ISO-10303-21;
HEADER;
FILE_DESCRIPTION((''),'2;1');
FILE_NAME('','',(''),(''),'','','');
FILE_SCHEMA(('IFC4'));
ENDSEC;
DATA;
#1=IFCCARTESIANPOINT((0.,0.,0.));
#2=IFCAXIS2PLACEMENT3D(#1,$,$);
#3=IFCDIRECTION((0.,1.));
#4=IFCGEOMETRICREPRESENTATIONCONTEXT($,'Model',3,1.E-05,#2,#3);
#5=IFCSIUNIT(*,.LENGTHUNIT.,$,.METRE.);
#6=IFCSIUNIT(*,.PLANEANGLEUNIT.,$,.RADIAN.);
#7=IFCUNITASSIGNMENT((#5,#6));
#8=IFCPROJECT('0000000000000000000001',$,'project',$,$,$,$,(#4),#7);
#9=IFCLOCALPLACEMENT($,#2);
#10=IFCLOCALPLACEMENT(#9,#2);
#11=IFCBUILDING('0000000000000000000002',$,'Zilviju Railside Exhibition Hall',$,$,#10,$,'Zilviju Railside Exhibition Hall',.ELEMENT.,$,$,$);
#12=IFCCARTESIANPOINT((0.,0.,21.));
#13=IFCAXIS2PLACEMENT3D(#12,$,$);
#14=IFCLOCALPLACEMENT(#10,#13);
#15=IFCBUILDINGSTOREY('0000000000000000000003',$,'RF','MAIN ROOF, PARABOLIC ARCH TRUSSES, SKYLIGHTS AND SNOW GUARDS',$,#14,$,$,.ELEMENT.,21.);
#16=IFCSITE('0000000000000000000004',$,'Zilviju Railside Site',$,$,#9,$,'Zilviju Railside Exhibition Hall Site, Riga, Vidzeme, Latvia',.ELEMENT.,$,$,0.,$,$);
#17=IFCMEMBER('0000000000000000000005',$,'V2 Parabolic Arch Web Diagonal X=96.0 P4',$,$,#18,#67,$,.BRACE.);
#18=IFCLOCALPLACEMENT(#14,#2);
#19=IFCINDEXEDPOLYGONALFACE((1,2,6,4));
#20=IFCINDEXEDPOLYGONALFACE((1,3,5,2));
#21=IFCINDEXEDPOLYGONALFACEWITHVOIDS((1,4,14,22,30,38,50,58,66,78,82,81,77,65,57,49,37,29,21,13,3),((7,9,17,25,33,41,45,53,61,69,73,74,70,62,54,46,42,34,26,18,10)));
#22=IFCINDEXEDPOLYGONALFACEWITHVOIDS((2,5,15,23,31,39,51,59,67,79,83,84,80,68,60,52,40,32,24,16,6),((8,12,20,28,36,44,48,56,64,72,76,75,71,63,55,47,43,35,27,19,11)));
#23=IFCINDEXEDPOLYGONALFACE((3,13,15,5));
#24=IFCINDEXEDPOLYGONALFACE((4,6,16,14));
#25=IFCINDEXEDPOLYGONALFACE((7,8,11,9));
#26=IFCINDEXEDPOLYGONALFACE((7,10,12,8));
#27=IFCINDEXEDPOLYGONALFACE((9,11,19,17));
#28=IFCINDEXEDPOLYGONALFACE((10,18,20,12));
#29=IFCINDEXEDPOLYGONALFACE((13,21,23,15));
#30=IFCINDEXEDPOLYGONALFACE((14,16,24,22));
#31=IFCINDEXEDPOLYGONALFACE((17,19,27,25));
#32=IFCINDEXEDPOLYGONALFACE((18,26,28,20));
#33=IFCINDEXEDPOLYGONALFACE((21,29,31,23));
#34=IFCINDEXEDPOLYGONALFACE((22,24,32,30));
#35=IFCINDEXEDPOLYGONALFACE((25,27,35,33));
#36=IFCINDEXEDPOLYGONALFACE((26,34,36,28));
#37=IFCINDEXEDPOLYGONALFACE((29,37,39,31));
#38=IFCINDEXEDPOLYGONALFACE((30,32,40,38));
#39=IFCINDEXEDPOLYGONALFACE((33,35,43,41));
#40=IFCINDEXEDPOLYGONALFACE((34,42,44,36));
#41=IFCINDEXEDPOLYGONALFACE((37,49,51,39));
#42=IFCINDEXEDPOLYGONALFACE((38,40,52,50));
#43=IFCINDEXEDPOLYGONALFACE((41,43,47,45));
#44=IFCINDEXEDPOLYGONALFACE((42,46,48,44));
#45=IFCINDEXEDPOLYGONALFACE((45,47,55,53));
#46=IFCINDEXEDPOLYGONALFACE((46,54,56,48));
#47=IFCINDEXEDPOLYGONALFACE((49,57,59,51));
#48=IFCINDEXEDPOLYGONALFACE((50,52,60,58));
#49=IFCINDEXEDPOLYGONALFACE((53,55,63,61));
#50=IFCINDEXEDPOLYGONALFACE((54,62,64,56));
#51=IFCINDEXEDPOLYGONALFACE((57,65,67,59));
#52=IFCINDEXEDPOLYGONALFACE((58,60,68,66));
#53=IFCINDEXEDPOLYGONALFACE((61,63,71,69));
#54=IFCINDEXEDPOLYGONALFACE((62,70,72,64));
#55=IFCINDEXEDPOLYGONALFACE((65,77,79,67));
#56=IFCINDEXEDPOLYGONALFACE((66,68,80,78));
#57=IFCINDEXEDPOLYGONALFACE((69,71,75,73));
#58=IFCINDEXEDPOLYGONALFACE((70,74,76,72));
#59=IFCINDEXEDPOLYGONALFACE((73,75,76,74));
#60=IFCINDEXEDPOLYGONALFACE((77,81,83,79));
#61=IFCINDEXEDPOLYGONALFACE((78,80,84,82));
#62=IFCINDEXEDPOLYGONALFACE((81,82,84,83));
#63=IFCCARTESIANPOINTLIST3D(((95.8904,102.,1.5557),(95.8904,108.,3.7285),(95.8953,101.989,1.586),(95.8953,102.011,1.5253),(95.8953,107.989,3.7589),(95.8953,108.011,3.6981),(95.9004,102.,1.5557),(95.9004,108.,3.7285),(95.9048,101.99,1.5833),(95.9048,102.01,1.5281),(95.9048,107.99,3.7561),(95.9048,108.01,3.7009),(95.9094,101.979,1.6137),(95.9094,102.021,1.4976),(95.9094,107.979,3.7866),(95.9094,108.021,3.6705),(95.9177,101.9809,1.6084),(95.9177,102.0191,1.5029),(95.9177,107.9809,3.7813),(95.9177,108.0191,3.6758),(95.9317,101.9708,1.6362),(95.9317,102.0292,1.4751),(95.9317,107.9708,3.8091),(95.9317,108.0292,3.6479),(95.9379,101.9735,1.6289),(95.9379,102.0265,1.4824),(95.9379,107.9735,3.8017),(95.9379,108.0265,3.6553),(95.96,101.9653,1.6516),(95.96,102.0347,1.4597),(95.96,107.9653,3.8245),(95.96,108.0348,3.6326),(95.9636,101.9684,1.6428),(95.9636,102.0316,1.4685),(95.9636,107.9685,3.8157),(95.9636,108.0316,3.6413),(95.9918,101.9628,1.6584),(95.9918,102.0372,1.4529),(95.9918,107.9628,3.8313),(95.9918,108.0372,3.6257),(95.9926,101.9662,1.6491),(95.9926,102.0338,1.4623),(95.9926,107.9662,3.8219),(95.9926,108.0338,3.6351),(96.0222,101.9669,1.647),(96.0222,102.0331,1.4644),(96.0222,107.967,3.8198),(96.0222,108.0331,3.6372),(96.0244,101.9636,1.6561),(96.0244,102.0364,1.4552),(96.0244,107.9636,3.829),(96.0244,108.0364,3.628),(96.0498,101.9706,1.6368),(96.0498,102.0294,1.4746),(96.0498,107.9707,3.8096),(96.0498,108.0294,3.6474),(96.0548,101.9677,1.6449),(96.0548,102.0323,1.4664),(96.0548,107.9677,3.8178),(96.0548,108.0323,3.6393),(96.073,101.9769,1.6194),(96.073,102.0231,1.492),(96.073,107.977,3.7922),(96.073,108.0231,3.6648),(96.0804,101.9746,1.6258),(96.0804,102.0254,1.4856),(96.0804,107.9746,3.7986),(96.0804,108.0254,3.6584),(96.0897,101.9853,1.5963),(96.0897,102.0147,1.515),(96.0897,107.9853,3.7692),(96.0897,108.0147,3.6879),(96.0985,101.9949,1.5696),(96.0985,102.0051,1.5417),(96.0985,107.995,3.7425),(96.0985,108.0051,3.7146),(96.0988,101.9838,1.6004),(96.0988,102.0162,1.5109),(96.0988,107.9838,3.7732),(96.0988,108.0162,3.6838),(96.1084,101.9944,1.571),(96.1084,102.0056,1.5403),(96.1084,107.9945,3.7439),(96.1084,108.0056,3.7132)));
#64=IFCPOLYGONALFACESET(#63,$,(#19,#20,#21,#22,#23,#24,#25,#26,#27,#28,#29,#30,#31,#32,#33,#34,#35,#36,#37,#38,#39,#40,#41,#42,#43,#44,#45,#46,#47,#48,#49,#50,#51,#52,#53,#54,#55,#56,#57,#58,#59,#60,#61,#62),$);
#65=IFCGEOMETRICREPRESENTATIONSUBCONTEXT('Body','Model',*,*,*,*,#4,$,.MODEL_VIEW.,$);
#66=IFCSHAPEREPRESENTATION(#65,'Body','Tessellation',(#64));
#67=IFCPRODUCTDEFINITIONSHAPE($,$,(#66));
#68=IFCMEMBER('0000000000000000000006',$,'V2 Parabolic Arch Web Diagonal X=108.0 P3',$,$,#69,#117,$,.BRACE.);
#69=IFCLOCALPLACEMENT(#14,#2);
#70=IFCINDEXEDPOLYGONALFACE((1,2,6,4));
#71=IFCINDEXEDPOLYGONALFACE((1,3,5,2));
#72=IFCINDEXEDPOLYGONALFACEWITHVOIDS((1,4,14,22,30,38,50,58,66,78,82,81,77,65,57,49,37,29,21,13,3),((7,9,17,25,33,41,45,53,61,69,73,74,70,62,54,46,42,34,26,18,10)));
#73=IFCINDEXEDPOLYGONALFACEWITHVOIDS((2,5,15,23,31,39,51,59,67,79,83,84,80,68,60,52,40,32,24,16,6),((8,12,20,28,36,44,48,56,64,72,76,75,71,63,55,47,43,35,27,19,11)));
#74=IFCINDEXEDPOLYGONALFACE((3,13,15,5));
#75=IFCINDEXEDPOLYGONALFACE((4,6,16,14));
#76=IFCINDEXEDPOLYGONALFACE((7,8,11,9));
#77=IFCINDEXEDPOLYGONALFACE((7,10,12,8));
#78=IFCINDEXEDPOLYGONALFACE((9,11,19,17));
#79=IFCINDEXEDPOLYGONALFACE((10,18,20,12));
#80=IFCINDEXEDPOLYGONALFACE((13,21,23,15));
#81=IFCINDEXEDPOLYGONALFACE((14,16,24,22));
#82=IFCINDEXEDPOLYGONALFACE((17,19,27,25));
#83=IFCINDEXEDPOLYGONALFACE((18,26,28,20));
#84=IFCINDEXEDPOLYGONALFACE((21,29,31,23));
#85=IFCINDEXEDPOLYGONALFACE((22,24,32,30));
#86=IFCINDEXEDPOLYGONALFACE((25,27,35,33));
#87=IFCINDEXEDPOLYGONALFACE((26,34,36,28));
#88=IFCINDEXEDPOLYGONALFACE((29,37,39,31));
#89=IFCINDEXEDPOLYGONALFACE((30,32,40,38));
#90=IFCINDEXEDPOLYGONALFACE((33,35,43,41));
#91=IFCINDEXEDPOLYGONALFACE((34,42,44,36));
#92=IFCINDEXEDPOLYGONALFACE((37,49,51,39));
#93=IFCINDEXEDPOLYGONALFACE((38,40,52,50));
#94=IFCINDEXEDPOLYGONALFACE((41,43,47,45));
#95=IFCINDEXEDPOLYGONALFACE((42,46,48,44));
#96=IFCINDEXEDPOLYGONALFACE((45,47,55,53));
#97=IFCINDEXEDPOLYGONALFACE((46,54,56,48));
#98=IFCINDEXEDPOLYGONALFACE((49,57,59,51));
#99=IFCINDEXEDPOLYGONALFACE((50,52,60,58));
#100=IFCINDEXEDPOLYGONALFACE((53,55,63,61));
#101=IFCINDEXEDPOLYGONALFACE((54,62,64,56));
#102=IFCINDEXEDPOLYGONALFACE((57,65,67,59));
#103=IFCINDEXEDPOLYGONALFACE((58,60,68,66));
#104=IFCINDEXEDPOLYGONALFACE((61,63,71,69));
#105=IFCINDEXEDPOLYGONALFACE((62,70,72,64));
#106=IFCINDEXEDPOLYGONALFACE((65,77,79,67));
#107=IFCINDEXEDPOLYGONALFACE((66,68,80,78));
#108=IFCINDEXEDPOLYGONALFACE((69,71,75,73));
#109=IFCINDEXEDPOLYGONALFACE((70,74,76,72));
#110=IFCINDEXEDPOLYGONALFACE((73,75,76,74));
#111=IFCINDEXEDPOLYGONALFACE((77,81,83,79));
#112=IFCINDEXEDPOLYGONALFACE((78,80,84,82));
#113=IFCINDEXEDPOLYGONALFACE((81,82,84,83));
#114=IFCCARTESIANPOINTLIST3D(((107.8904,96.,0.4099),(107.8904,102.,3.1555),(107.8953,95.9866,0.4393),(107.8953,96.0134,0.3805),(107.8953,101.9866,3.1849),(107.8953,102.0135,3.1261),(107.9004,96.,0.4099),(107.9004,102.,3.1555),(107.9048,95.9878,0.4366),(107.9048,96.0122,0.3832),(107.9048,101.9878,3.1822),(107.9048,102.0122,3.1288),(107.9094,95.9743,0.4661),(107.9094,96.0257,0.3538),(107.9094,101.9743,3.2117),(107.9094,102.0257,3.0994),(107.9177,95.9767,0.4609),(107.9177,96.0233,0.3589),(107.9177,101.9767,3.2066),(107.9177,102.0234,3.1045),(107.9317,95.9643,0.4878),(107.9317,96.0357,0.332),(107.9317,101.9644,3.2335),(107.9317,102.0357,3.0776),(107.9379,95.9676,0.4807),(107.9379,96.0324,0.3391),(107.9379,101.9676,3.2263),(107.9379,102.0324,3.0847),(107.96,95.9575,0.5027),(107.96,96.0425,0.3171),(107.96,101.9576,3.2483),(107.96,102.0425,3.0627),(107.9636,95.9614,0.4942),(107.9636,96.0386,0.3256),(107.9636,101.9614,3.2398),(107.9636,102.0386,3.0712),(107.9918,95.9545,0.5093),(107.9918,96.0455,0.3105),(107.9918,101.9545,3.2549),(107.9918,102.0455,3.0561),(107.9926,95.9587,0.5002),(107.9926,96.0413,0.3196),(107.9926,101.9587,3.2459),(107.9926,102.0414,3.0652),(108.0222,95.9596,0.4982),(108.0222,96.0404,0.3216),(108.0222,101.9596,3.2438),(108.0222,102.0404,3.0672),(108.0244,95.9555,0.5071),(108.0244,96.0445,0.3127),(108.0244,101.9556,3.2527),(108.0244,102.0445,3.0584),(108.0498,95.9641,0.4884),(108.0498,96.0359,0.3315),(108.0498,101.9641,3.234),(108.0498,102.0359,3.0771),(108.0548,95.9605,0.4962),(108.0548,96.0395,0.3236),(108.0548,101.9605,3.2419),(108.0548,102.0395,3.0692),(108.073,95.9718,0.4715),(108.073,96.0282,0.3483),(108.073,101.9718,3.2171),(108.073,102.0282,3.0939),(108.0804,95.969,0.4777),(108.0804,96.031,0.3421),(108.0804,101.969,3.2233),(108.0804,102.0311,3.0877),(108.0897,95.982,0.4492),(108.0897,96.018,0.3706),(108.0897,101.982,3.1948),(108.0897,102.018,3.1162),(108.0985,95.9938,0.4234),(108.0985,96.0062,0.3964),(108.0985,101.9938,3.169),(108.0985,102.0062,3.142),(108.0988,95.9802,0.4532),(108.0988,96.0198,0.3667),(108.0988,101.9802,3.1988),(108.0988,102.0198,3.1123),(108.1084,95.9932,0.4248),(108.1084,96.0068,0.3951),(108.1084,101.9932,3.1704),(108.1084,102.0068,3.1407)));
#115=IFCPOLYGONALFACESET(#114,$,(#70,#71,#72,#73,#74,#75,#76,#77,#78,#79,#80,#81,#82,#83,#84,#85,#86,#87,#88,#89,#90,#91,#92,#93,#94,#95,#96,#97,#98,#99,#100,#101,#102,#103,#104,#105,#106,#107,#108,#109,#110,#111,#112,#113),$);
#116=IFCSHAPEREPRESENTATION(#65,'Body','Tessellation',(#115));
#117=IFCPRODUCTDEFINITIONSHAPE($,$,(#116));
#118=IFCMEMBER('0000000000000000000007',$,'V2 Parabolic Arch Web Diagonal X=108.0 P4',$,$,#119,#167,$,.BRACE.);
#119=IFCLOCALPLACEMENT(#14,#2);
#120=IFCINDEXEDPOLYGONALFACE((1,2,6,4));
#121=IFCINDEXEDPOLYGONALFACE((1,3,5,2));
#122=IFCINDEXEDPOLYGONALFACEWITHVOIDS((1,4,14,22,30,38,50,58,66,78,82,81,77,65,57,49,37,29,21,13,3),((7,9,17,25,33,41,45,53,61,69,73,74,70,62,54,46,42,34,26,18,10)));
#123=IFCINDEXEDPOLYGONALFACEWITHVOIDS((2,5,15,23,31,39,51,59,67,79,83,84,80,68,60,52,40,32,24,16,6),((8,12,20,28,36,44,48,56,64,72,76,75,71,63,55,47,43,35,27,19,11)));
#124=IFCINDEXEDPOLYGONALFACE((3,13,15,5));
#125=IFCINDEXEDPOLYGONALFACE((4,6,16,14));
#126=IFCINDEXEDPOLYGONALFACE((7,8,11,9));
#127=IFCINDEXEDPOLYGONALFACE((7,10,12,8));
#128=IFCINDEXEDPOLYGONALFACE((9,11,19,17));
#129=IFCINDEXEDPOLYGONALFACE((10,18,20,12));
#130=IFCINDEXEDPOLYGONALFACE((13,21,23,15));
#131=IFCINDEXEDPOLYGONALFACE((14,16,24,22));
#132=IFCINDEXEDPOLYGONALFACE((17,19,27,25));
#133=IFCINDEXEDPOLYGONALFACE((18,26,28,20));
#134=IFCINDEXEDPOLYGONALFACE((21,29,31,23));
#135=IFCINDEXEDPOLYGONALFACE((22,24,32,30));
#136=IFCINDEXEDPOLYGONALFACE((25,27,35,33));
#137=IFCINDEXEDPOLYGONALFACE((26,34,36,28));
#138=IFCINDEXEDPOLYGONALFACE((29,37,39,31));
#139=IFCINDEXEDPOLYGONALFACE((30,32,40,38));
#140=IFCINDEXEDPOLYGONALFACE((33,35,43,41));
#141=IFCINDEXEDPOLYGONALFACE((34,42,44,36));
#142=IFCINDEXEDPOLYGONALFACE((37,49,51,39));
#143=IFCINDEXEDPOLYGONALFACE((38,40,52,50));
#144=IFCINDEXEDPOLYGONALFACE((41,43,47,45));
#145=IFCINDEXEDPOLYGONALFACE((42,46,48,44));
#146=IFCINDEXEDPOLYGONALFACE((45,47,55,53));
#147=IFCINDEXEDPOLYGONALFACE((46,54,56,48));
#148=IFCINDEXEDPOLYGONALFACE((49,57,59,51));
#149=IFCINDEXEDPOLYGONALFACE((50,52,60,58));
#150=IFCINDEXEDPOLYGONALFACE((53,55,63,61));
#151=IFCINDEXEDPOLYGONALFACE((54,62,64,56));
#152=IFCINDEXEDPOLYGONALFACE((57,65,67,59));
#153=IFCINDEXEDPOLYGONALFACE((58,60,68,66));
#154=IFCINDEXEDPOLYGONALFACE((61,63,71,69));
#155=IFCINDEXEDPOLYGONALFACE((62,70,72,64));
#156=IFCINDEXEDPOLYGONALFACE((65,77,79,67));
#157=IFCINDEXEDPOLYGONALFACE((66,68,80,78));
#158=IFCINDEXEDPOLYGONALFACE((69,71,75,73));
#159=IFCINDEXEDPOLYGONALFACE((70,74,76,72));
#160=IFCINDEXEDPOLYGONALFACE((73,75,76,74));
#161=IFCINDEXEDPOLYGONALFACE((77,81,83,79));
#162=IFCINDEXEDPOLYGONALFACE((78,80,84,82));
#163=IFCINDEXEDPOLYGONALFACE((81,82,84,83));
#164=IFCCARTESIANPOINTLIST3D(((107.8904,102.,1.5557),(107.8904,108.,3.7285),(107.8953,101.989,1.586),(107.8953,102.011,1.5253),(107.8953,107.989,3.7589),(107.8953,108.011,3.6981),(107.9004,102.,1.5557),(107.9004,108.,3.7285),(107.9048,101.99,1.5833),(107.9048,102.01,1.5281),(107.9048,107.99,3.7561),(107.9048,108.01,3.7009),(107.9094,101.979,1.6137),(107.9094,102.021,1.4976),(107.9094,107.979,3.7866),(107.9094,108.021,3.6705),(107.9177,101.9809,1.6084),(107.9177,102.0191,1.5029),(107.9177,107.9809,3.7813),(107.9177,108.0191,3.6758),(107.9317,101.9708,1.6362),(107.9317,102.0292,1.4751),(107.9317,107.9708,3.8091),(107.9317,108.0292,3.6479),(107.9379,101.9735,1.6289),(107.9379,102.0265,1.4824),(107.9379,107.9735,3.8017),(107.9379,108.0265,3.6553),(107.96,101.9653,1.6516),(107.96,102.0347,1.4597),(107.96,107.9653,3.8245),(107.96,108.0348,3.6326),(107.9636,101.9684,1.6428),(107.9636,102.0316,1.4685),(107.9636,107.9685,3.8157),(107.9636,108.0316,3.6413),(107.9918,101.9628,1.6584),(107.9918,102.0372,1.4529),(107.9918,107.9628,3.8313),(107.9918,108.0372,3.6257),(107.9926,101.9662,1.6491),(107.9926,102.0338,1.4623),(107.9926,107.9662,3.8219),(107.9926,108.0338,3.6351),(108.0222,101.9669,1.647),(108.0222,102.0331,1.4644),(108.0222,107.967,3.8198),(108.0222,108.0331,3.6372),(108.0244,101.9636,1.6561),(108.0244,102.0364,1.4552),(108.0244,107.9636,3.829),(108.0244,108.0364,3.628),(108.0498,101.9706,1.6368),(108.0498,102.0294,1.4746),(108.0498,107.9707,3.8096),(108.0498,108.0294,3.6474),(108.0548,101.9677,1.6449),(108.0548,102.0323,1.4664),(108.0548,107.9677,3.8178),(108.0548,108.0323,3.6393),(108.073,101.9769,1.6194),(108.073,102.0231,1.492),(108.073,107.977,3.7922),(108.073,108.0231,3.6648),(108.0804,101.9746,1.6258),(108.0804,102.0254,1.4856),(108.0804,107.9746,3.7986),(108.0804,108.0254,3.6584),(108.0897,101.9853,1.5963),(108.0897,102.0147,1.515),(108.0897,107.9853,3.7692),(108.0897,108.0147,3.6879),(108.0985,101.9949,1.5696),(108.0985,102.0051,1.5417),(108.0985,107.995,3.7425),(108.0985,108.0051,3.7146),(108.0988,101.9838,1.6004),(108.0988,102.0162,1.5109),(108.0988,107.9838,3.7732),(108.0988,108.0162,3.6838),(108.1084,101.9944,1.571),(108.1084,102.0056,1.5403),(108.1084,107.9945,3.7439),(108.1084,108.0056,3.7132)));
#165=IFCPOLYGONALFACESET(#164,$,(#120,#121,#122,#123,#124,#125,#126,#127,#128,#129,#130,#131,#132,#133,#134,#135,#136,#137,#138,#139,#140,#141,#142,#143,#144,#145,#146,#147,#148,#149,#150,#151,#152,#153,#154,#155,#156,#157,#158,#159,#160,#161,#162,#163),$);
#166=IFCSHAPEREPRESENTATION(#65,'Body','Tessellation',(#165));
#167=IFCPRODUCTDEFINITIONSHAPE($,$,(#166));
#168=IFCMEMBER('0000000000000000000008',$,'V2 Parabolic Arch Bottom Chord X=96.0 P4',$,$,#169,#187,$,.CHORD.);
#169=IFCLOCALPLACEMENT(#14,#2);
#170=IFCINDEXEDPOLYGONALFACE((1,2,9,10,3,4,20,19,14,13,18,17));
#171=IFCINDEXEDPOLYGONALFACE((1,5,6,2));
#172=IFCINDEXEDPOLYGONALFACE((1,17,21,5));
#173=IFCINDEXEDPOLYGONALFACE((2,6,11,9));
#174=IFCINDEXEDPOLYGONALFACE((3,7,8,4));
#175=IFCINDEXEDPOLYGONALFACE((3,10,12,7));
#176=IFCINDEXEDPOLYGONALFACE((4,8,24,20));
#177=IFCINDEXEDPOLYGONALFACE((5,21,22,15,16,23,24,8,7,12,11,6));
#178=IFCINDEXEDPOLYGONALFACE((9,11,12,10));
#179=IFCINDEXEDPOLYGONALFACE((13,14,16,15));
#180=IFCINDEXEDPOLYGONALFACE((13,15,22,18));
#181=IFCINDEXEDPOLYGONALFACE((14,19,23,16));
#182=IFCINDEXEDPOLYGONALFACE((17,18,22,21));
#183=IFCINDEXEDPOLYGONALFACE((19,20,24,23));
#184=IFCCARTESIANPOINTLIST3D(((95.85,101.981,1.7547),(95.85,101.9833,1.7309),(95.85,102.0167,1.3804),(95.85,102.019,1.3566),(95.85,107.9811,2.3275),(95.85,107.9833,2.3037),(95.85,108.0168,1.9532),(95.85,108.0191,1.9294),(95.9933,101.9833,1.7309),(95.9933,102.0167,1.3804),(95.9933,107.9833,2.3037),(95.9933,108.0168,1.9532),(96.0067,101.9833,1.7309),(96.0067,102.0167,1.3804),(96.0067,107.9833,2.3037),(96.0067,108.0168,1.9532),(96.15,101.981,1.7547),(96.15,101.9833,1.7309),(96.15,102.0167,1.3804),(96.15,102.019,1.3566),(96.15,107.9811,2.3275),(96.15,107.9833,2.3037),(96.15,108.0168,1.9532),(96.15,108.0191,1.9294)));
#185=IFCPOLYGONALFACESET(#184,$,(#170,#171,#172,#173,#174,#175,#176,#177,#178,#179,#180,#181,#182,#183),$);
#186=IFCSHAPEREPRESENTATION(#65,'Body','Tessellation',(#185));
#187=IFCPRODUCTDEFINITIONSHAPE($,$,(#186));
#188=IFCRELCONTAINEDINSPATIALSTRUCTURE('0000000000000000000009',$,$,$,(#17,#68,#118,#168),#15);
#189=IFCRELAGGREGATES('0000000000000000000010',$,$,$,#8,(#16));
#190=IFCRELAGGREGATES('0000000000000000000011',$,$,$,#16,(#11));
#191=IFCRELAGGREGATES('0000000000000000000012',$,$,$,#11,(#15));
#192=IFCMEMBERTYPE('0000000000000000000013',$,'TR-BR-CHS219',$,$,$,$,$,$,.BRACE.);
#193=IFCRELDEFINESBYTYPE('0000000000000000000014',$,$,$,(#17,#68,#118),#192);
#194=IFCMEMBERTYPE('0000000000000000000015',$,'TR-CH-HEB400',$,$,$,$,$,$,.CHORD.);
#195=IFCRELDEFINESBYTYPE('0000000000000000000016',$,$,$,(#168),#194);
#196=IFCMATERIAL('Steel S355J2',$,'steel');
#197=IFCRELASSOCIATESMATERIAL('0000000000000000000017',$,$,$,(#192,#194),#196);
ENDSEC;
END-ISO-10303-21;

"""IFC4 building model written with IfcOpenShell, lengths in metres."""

from ifc_helpers import new_model, si_unit, direction, frame, origin, origin_2d, place, context, subcontext, project, spatial, hollow_circle, i_section, extrude, material, material_profile, profile_set, type_object, element, save


model = new_model("IFC4")

# Units and contexts
model_context = context("Model", 3, precision=1e-05, world=origin(), true_north=direction((0.0, 1.0)))
body_context = subcontext(model_context, "Body", "Model", "MODEL_VIEW")
ifc_project = project(units=[si_unit("LENGTHUNIT", "METRE"), si_unit("PLANEANGLEUNIT", "RADIAN")], contexts=[model_context])

# Site, building, storey
site_placement = place(None, origin())
site = spatial("IfcSite", under=ifc_project, at=site_placement, Name="Zilviju Railside Site", LongName="Zilviju Railside Exhibition Hall Site, Riga, Vidzeme, Latvia", CompositionType="ELEMENT", RefElevation=0.0)
building_placement = place(site_placement, origin())
building = spatial("IfcBuilding", under=site, at=building_placement, Name="Zilviju Railside Exhibition Hall", LongName="Zilviju Railside Exhibition Hall", CompositionType="ELEMENT")
storey_placement = place(building_placement, frame((0.0, 0.0, 21.0)))
storey = spatial("IfcBuildingStorey", under=building, at=storey_placement, Name="RF", Description="MAIN ROOF, PARABOLIC ARCH TRUSSES, SKYLIGHTS AND SNOW GUARDS", CompositionType="ELEMENT", Elevation=21.0)

# Members
ifc_material_1 = material(Name="Steel S355J2", Category="steel")
ifc_material_profile_1 = material_profile(ifc_material_1, hollow_circle(Radius=0.1096, WallThickness=0.01, at=origin_2d()), Name="CHS 219.1x10.0")
ifc_profile_set_1 = profile_set([ifc_material_profile_1], Name="Steel S355J2")
member_type_1 = type_object("IfcMemberType", Name="TR-BR-CHS219", PredefinedType="BRACE", material=ifc_profile_set_1)
member_1_placement = place(storey_placement, frame((96.0, 102.0, 1.5557), z_axis=(0.0, 0.940244, 0.340502), x_axis=(-1.0, 0.0, 0.0)))
element("IfcMember", 1, at=member_1_placement, inside=storey, type_object=member_type_1, Name="V2 Parabolic Arch Web Diagonal X=96.0 P4", PredefinedType="BRACE", context=body_context, shape_type="SweptSolid", body=[
    extrude(hollow_circle(Radius=0.1096, WallThickness=0.01, at=origin_2d()), origin(), (0.0, 0.0, 1.0), 6.3813),
])
member_2_placement = place(storey_placement, frame((108.0, 96.0, 0.4099), z_axis=(0.0, 0.909317, 0.416104), x_axis=(-1.0, 0.0, 0.0)))
element("IfcMember", 2, at=member_2_placement, inside=storey, type_object=member_type_1, Name="V2 Parabolic Arch Web Diagonal X=108.0 P3", PredefinedType="BRACE", context=body_context, shape_type="SweptSolid", body=[
    extrude(hollow_circle(Radius=0.1096, WallThickness=0.01, at=origin_2d()), origin(), (0.0, 0.0, 1.0), 6.5984),
])
member_3_placement = place(storey_placement, frame((108.0, 102.0, 1.5557), z_axis=(0.0, 0.940244, 0.340502), x_axis=(-1.0, 0.0, 0.0)))
element("IfcMember", 3, at=member_3_placement, inside=storey, type_object=member_type_1, Name="V2 Parabolic Arch Web Diagonal X=108.0 P4", PredefinedType="BRACE", context=body_context, shape_type="SweptSolid", body=[
    extrude(hollow_circle(Radius=0.1096, WallThickness=0.01, at=origin_2d()), origin(), (0.0, 0.0, 1.0), 6.3813),
])
ifc_material_profile_2 = material_profile(ifc_material_1, i_section(OverallWidth=0.3, OverallDepth=0.3999, WebThickness=0.0134, FlangeThickness=0.0239, at=origin_2d()), Name="HEB 400")
ifc_profile_set_2 = profile_set([ifc_material_profile_2], Name="Steel S355J2")
member_type_2 = type_object("IfcMemberType", Name="TR-CH-HEB400", PredefinedType="CHORD", material=ifc_profile_set_2)
member_4_placement = place(storey_placement, frame((96.0, 102.0, 1.5557), z_axis=(0.0, 0.995475, 0.095027), x_axis=(-1.0, 0.0, 0.0)))
element("IfcMember", 4, at=member_4_placement, inside=storey, type_object=member_type_2, Name="V2 Parabolic Arch Bottom Chord X=96.0 P4", PredefinedType="CHORD", context=body_context, shape_type="SweptSolid", body=[
    extrude(i_section(OverallWidth=0.3, OverallDepth=0.3999, WebThickness=0.0134, FlangeThickness=0.0239, at=origin_2d()), origin(), (0.0, 0.0, 1.0), 6.0273),
])

save(model, "model.ifc")
